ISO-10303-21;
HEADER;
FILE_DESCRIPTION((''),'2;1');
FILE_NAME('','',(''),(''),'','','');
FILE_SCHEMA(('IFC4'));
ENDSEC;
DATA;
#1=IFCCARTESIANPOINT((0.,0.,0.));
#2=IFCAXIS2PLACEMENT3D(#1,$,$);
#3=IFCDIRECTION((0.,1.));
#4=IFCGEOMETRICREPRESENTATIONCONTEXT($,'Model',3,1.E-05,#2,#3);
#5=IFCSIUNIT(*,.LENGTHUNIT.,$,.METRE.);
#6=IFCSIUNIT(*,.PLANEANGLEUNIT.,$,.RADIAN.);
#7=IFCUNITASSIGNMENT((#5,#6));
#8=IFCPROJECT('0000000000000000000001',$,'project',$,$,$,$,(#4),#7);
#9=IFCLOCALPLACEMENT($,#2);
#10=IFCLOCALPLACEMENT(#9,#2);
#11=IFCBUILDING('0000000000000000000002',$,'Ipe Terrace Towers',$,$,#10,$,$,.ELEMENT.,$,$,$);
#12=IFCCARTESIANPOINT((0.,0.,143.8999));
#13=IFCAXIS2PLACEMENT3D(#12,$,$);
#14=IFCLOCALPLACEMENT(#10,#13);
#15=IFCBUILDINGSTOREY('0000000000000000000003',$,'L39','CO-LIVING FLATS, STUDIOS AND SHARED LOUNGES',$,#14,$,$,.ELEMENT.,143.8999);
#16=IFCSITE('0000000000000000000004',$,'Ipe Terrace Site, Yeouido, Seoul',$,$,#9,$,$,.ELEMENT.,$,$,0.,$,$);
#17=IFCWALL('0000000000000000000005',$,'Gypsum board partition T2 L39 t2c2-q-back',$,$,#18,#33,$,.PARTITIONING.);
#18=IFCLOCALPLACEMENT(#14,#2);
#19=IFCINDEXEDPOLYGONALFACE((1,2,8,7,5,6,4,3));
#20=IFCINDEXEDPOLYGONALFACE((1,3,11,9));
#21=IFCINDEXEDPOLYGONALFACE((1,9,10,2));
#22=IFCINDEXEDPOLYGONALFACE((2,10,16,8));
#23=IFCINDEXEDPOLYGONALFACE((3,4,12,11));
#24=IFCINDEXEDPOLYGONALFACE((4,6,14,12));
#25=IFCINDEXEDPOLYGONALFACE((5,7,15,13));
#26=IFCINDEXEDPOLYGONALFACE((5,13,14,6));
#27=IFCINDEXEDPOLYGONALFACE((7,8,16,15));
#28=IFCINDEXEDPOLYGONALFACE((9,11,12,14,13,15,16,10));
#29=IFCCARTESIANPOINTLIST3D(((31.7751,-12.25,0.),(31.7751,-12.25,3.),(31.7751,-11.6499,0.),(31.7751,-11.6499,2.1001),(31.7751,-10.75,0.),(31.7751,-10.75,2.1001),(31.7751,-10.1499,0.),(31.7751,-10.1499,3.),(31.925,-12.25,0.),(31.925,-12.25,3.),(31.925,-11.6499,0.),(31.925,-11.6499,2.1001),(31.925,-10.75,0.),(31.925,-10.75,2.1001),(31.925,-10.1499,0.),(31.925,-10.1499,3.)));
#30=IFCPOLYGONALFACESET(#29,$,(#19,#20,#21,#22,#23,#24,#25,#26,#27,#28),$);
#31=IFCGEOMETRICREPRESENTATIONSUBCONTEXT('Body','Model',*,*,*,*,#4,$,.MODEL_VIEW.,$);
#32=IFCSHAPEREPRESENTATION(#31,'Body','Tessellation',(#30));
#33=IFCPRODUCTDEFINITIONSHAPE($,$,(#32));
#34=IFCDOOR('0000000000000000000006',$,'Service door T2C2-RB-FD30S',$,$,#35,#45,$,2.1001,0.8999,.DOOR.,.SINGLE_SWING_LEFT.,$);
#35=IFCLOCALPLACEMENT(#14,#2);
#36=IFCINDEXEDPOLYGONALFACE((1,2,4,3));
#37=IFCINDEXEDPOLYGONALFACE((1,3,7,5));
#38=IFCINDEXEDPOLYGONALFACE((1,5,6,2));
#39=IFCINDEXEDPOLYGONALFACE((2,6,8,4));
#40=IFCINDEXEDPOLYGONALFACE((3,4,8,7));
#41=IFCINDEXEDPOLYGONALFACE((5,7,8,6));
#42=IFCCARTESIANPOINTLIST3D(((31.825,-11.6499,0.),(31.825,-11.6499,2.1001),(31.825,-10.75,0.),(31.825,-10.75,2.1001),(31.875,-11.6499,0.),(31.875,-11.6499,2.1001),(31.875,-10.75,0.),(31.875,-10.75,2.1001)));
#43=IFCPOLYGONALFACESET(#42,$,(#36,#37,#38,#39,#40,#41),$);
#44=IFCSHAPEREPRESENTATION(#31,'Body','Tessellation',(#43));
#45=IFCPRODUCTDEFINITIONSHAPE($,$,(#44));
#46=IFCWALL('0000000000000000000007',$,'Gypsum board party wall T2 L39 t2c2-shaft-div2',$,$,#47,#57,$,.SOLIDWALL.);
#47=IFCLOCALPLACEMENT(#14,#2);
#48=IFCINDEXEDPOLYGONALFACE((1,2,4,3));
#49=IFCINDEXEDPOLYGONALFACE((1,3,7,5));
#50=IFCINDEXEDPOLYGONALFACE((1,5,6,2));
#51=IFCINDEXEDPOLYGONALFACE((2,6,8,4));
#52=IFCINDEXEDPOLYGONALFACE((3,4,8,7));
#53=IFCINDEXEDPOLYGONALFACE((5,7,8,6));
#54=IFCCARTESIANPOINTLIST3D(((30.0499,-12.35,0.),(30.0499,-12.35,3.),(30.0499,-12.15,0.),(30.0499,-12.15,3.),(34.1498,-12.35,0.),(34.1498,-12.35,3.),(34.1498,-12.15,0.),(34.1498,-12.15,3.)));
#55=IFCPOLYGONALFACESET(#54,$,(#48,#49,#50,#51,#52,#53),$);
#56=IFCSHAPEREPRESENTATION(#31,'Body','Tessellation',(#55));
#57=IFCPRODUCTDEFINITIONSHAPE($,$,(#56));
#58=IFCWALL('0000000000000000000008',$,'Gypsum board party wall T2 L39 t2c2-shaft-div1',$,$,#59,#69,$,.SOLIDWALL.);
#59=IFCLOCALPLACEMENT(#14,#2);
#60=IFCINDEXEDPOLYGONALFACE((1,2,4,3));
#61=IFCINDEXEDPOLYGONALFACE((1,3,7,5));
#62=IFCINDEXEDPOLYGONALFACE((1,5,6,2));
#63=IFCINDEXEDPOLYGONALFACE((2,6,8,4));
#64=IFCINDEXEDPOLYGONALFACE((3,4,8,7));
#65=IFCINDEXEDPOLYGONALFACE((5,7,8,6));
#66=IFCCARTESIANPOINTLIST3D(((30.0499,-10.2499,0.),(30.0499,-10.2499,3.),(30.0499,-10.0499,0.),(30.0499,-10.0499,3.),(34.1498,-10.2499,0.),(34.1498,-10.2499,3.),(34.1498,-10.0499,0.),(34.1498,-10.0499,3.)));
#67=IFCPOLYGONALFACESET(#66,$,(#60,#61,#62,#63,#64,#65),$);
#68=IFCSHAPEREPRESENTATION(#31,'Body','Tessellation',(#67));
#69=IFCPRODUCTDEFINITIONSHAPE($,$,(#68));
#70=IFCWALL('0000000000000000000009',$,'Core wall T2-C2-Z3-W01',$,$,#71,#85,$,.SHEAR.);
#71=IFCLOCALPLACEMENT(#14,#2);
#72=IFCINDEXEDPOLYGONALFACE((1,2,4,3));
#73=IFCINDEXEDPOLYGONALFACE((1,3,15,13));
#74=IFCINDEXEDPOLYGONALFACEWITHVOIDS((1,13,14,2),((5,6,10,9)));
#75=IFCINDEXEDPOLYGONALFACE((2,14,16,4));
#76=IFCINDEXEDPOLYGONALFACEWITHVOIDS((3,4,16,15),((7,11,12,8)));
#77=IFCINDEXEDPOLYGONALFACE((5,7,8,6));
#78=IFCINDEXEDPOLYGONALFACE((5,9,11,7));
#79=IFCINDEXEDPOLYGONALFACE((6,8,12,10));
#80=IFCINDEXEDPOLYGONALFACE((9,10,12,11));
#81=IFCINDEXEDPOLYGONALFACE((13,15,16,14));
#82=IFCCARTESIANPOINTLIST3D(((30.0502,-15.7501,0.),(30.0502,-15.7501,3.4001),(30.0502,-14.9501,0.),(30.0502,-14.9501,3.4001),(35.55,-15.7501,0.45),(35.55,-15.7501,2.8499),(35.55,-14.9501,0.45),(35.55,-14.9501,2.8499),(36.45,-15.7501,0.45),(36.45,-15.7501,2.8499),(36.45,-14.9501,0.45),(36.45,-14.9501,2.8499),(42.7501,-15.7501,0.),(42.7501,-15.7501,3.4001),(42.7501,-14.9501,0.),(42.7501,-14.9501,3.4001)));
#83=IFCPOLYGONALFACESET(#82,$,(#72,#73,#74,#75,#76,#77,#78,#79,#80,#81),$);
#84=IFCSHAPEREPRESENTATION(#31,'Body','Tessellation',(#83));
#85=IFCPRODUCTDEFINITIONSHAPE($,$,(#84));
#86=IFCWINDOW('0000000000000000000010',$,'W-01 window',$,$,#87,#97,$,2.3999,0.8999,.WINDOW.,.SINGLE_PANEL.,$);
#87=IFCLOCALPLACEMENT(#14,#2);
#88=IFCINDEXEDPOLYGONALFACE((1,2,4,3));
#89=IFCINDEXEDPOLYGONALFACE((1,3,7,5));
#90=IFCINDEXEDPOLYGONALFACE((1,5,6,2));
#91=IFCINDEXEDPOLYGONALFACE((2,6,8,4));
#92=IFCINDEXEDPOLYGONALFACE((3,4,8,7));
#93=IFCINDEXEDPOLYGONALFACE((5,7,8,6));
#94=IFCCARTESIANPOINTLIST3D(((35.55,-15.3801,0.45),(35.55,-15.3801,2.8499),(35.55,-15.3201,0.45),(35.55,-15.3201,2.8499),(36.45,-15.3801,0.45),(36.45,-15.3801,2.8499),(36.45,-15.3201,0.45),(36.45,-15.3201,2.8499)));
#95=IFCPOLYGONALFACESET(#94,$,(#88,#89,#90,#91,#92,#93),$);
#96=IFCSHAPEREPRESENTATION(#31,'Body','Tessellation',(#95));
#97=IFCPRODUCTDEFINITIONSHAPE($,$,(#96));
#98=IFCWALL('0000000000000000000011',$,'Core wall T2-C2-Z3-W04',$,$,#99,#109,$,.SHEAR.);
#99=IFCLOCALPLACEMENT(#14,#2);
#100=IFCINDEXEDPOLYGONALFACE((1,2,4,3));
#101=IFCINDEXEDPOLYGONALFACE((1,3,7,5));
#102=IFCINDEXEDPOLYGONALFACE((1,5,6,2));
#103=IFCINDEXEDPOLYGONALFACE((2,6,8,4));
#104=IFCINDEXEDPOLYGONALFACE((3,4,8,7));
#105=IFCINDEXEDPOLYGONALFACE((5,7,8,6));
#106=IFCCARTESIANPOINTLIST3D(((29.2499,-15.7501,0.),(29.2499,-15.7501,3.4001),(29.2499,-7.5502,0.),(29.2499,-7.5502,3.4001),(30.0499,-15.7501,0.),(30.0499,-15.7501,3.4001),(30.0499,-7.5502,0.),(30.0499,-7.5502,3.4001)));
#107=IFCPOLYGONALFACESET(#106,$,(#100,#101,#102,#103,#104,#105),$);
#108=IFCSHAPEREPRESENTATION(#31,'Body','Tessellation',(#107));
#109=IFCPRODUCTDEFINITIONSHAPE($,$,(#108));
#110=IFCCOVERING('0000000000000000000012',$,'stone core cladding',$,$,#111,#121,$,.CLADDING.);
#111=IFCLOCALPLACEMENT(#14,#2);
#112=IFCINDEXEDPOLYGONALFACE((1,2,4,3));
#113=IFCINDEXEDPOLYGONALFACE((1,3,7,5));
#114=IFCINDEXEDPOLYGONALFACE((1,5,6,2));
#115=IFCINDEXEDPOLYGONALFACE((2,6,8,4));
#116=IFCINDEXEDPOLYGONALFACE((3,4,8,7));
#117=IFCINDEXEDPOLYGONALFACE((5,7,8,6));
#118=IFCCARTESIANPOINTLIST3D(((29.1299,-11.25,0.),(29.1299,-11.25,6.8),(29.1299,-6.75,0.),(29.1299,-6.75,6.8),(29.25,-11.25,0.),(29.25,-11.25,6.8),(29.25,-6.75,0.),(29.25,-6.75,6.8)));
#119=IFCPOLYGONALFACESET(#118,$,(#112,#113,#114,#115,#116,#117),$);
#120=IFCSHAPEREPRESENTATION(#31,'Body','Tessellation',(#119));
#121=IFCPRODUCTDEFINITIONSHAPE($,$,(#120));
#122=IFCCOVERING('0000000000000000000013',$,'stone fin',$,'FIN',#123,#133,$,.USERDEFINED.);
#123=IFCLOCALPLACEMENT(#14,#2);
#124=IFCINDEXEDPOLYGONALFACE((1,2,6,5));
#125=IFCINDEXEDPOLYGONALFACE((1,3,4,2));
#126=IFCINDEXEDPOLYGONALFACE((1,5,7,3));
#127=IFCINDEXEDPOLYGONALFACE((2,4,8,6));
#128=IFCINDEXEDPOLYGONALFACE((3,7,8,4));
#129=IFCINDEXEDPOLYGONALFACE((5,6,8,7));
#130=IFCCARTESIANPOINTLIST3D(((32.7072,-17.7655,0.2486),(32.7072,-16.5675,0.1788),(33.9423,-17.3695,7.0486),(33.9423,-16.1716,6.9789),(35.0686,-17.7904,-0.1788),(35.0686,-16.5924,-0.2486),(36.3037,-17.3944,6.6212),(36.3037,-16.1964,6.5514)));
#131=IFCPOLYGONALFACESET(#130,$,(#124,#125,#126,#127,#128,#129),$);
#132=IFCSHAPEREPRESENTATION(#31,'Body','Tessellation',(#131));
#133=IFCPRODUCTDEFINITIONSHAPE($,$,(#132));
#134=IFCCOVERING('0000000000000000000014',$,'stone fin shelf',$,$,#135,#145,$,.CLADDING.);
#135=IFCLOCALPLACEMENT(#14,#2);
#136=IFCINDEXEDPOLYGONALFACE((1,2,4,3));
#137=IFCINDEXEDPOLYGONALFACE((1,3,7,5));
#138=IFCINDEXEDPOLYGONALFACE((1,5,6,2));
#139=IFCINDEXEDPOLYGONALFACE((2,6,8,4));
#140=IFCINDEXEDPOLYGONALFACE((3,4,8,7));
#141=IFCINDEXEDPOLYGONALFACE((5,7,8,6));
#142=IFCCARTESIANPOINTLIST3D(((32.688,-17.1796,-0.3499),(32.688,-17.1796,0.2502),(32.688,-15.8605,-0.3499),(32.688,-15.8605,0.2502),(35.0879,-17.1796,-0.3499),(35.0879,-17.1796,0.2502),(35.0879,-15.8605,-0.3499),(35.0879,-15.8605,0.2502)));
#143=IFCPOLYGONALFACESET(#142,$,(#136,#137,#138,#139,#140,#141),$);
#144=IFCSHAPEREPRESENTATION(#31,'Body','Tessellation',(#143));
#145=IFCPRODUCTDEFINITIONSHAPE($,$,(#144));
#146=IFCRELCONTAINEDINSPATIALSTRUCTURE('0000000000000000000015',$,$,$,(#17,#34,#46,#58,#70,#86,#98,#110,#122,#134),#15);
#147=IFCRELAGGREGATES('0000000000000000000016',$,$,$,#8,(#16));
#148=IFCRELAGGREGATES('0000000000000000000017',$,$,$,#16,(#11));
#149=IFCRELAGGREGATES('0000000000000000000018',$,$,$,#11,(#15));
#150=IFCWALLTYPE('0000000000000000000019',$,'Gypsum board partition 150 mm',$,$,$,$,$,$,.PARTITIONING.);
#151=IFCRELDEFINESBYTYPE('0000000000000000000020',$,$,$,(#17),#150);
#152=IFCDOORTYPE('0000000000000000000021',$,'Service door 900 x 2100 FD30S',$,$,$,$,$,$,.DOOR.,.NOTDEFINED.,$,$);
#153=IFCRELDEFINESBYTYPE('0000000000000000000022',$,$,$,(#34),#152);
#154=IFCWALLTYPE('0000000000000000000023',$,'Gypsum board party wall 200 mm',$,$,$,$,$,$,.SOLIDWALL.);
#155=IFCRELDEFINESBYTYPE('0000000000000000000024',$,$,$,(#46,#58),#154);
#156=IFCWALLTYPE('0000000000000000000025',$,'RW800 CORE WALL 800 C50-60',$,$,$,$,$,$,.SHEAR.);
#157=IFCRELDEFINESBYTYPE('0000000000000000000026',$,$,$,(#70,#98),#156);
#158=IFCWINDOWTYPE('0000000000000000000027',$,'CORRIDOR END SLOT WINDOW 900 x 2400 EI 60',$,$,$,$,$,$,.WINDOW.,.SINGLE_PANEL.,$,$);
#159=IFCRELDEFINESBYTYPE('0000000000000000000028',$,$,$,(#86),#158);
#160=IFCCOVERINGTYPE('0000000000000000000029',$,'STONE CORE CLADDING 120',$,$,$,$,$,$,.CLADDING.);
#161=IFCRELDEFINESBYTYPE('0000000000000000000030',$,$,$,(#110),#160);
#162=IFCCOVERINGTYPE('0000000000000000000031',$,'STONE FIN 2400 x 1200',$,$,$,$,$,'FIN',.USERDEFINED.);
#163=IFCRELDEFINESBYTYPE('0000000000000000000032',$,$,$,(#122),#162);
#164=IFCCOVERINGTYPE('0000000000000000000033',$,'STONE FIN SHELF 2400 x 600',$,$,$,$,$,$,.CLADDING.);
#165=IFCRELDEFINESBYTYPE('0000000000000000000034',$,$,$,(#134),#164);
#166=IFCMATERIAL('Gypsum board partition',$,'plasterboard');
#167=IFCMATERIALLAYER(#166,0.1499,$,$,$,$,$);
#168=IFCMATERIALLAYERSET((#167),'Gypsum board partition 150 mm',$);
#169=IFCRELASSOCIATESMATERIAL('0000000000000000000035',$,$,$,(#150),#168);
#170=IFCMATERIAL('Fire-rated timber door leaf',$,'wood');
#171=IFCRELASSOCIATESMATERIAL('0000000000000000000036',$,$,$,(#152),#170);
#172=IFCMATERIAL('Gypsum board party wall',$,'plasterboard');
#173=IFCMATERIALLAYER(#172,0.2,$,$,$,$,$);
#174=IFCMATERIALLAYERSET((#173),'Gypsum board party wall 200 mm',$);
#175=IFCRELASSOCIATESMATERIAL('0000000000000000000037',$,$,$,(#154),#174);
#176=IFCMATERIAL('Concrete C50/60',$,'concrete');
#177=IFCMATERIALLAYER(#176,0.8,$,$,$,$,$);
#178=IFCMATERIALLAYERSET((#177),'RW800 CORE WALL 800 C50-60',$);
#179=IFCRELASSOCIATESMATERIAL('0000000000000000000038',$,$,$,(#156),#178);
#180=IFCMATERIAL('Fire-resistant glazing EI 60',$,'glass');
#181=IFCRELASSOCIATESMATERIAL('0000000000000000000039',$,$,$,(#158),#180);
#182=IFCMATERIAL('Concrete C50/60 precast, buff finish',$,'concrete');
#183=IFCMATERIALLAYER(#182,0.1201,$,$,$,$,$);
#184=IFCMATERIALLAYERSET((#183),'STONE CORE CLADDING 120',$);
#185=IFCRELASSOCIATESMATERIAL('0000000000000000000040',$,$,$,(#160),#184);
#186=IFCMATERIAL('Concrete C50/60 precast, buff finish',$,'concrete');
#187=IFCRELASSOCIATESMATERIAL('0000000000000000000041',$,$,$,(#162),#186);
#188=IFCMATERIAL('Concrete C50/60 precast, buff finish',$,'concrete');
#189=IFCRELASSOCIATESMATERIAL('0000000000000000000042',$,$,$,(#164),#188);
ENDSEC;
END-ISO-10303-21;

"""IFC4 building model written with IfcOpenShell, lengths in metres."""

from ifc_helpers import new_model, si_unit, direction, frame, frame_2d, origin, origin_2d, place, context, subcontext, project, spatial, rectangle, extrude, material, layer, layer_set, material_profile, profile_set, type_object, element, fill, save


model = new_model("IFC4")

# Units and contexts
model_context = context("Model", 3, precision=1e-05, world=origin(), true_north=direction((0.0, 1.0)))
body_context = subcontext(model_context, "Body", "Model", "MODEL_VIEW")
ifc_project = project(units=[si_unit("LENGTHUNIT", "METRE"), si_unit("PLANEANGLEUNIT", "RADIAN")], contexts=[model_context])

# Site, building, storey
site_placement = place(None, origin())
site = spatial("IfcSite", under=ifc_project, at=site_placement, Name="Ipe Terrace Site, Yeouido, Seoul", CompositionType="ELEMENT", RefElevation=0.0)
building_placement = place(site_placement, origin())
building = spatial("IfcBuilding", under=site, at=building_placement, Name="Ipe Terrace Towers", CompositionType="ELEMENT")
storey_placement = place(building_placement, frame((0.0, 0.0, 143.8999)))
storey = spatial("IfcBuildingStorey", under=building, at=storey_placement, Name="L39", Description="CO-LIVING FLATS, STUDIOS AND SHARED LOUNGES", CompositionType="ELEMENT", Elevation=143.8999)

# Wall, opening, door
ifc_material_1 = material(Name="Gypsum board partition", Category="plasterboard")
ifc_layer_1 = layer(ifc_material_1, 0.1499)
ifc_layer_set_1 = layer_set([ifc_layer_1], Name="Gypsum board partition 150 mm")
wall_type_1 = type_object("IfcWallType", Name="Gypsum board partition 150 mm", PredefinedType="PARTITIONING", material=ifc_layer_set_1)
wall_1_placement = place(storey_placement, frame((31.8501, -10.1499, 0.0), z_axis=(0.0, 0.0, 1.0), x_axis=(0.0, -1.0, 0.0)))
wall_1 = element("IfcWall", 1, at=wall_1_placement, inside=storey, type_object=wall_type_1, Name="Gypsum board partition T2 L39 t2c2-q-back", PredefinedType="PARTITIONING", context=body_context, shape_type="SweptSolid", body=[
    extrude(rectangle(XDim=2.1001, YDim=0.1499, at=frame_2d((1.05, 0.0))), origin(), (0.0, 0.0, 1.0), 3.0),
])
opening_1_placement = place(wall_1_placement, frame((0.6001, 0.0, 0.0)))
opening_1 = element("IfcOpeningElement", 2, at=opening_1_placement, cuts=wall_1, PredefinedType="OPENING", context=body_context, shape_type="SweptSolid", body=[
    extrude(rectangle(XDim=0.8999, YDim=2.1001, at=frame_2d((0.45, 1.05))), frame((0.0, 0.085, 0.0), z_axis=(0.0, -1.0, 0.0), x_axis=(1.0, 0.0, 0.0)), (0.0, 0.0, 1.0), 0.1699),
])
ifc_material_2 = material(Name="Fire-rated timber door leaf", Category="wood")
door_type_1 = type_object("IfcDoorType", Name="Service door 900 x 2100 FD30S", OperationType="NOTDEFINED", PredefinedType="DOOR", material=ifc_material_2)
door_1_placement = place(opening_1_placement, origin())
door_1 = element("IfcDoor", 3, at=door_1_placement, inside=storey, type_object=door_type_1, Name="Service door T2C2-RB-FD30S", OperationType="SINGLE_SWING_LEFT", OverallHeight=2.1001, OverallWidth=0.8999, PredefinedType="DOOR", context=body_context, shape_type="SweptSolid", body=[
    extrude(rectangle(XDim=0.8999, YDim=2.1001, at=frame_2d((0.45, 1.05))), frame((0.0, 0.0249, 0.0), z_axis=(0.0, -1.0, 0.0), x_axis=(1.0, 0.0, 0.0)), (0.0, 0.0, 1.0), 0.05),
])
fill(opening_1, door_1)

# Walls
ifc_material_3 = material(Name="Gypsum board party wall", Category="plasterboard")
ifc_layer_2 = layer(ifc_material_3, 0.2)
ifc_layer_set_2 = layer_set([ifc_layer_2], Name="Gypsum board party wall 200 mm")
wall_type_2 = type_object("IfcWallType", Name="Gypsum board party wall 200 mm", PredefinedType="SOLIDWALL", material=ifc_layer_set_2)
for number, where, z_axis, x_axis, name in (
    (4, (30.05, -12.25, 0.0), (0.0, 0.0, 1.0), (1.0, 0.0, 0.0), "Gypsum board party wall T2 L39 t2c2-shaft-div2"),
    (5, (30.05, -10.1499, 0.0), (0.0, 0.0, 1.0), (1.0, 0.0, 0.0), "Gypsum board party wall T2 L39 t2c2-shaft-div1"),
):
    element("IfcWall", number, at=place(storey_placement, frame(where, z_axis=z_axis, x_axis=x_axis)), inside=storey, type_object=wall_type_2, Name=name, PredefinedType="SOLIDWALL", context=body_context, shape_type="SweptSolid", body=[
        extrude(rectangle(XDim=4.0999, YDim=0.2, at=frame_2d((2.0498, 0.0))), origin(), (0.0, 0.0, 1.0), 3.0),
    ])

# Wall, opening, window
ifc_material_4 = material(Name="Concrete C50/60", Category="concrete")
ifc_layer_3 = layer(ifc_material_4, 0.8)
ifc_layer_set_3 = layer_set([ifc_layer_3], Name="RW800 CORE WALL 800 C50-60")
wall_type_3 = type_object("IfcWallType", Name="RW800 CORE WALL 800 C50-60", PredefinedType="SHEAR", material=ifc_layer_set_3)
wall_2_placement = place(storey_placement, frame((30.05, -15.3501, 0.0), z_axis=(0.0, 0.0, 1.0), x_axis=(1.0, 0.0, 0.0)))
wall_2 = element("IfcWall", 6, at=wall_2_placement, inside=storey, type_object=wall_type_3, Name="Core wall T2-C2-Z3-W01", PredefinedType="SHEAR", context=body_context, shape_type="SweptSolid", body=[
    extrude(rectangle(XDim=12.7, YDim=0.8, at=frame_2d((6.3501, 0.0))), origin(), (0.0, 0.0, 1.0), 3.4001),
])
opening_2_placement = place(wall_2_placement, frame((5.5, 0.0, 0.45)))
opening_2 = element("IfcOpeningElement", 7, at=opening_2_placement, cuts=wall_2, PredefinedType="OPENING", context=body_context, shape_type="SweptSolid", body=[
    extrude(rectangle(XDim=0.8999, YDim=2.3999, at=frame_2d((0.45, 1.2))), frame((0.0, 0.4102, 0.0), z_axis=(0.0, -1.0, 0.0), x_axis=(1.0, 0.0, 0.0)), (0.0, 0.0, 1.0), 0.8201),
])
ifc_material_5 = material(Name="Fire-resistant glazing EI 60", Category="glass")
window_type = type_object("IfcWindowType", Name="CORRIDOR END SLOT WINDOW 900 x 2400 EI 60", PartitioningType="SINGLE_PANEL", PredefinedType="WINDOW", material=ifc_material_5)
window_placement = place(opening_2_placement, origin())
window = element("IfcWindow", 8, at=window_placement, inside=storey, type_object=window_type, Name="W-01 window", OverallHeight=2.3999, OverallWidth=0.8999, PartitioningType="SINGLE_PANEL", PredefinedType="WINDOW", context=body_context, shape_type="SweptSolid", body=[
    extrude(rectangle(XDim=0.8999, YDim=2.3999, at=frame_2d((0.45, 1.2))), frame((0.0, 0.03, 0.0), z_axis=(0.0, -1.0, 0.0), x_axis=(1.0, 0.0, 0.0)), (0.0, 0.0, 1.0), 0.0601),
])
fill(opening_2, window)

# Wall
wall_3_placement = place(storey_placement, frame((29.6499, -7.55, 0.0), z_axis=(0.0, 0.0, 1.0), x_axis=(0.0, -1.0, 0.0)))
element("IfcWall", 9, at=wall_3_placement, inside=storey, type_object=wall_type_3, Name="Core wall T2-C2-Z3-W04", PredefinedType="SHEAR", context=body_context, shape_type="SweptSolid", body=[
    extrude(rectangle(XDim=8.2, YDim=0.8, at=frame_2d((4.1001, 0.0))), origin(), (0.0, 0.0, 1.0), 3.4001),
])

# Coverings
ifc_material_6 = material(Name="Concrete C50/60 precast, buff finish", Category="concrete")
ifc_layer_4 = layer(ifc_material_6, 0.1201)
ifc_layer_set_4 = layer_set([ifc_layer_4], Name="STONE CORE CLADDING 120")
covering_type_1 = type_object("IfcCoveringType", Name="STONE CORE CLADDING 120", PredefinedType="CLADDING", material=ifc_layer_set_4)
covering_1_placement = place(storey_placement, frame((29.1899, -9.0, 0.0), z_axis=(0.0, 0.0, 1.0), x_axis=(0.0, -1.0, 0.0)))
element("IfcCovering", 10, at=covering_1_placement, inside=storey, type_object=covering_type_1, Name="stone core cladding", PredefinedType="CLADDING", context=body_context, shape_type="SweptSolid", body=[
    extrude(rectangle(XDim=4.5, YDim=0.1201, at=origin_2d()), origin(), (0.0, 0.0, 1.0), 6.8),
])
ifc_material_7 = material(Name="Concrete C50/60 precast, buff finish", Category="concrete")
ifc_material_profile_1 = material_profile(ifc_material_7, rectangle(XDim=2.3999, YDim=1.2, at=origin_2d()), Name="STONE FIN 2400 x 1200")
ifc_profile_set_1 = profile_set([ifc_material_profile_1], Name="Concrete C50/60 precast, buff finish")
covering_type_2 = type_object("IfcCoveringType", Name="STONE FIN 2400 x 1200", ElementType="FIN", PredefinedType="USERDEFINED", material=ifc_profile_set_1)
covering_2_placement = place(storey_placement, frame((33.8879, -17.179, 0.0), z_axis=(0.178416, 0.057203, 0.982291), x_axis=(0.983955, -0.010372, -0.178114)))
element("IfcCovering", 11, at=covering_2_placement, inside=storey, type_object=covering_type_2, Name="stone fin", ObjectType="FIN", PredefinedType="USERDEFINED", context=body_context, shape_type="SweptSolid", body=[
    extrude(rectangle(XDim=2.3999, YDim=1.2, at=origin_2d()), origin(), (0.0, 0.0, 1.0), 6.9226),
])
ifc_material_8 = material(Name="Concrete C50/60 precast, buff finish", Category="concrete")
covering_type_3 = type_object("IfcCoveringType", Name="STONE FIN SHELF 2400 x 600", PredefinedType="CLADDING", material=ifc_material_8)
covering_3_placement = place(storey_placement, frame((33.8879, -16.52, -0.3499), z_axis=(0.0, 0.0, 1.0), x_axis=(1.0, 0.0, 0.0)))
element("IfcCovering", 12, at=covering_3_placement, inside=storey, type_object=covering_type_3, Name="stone fin shelf", PredefinedType="CLADDING", context=body_context, shape_type="SweptSolid", body=[
    extrude(rectangle(XDim=2.3999, YDim=1.3191, at=origin_2d()), origin(), (0.0, 0.0, 1.0), 0.6001),
])

save(model, "model.ifc")
